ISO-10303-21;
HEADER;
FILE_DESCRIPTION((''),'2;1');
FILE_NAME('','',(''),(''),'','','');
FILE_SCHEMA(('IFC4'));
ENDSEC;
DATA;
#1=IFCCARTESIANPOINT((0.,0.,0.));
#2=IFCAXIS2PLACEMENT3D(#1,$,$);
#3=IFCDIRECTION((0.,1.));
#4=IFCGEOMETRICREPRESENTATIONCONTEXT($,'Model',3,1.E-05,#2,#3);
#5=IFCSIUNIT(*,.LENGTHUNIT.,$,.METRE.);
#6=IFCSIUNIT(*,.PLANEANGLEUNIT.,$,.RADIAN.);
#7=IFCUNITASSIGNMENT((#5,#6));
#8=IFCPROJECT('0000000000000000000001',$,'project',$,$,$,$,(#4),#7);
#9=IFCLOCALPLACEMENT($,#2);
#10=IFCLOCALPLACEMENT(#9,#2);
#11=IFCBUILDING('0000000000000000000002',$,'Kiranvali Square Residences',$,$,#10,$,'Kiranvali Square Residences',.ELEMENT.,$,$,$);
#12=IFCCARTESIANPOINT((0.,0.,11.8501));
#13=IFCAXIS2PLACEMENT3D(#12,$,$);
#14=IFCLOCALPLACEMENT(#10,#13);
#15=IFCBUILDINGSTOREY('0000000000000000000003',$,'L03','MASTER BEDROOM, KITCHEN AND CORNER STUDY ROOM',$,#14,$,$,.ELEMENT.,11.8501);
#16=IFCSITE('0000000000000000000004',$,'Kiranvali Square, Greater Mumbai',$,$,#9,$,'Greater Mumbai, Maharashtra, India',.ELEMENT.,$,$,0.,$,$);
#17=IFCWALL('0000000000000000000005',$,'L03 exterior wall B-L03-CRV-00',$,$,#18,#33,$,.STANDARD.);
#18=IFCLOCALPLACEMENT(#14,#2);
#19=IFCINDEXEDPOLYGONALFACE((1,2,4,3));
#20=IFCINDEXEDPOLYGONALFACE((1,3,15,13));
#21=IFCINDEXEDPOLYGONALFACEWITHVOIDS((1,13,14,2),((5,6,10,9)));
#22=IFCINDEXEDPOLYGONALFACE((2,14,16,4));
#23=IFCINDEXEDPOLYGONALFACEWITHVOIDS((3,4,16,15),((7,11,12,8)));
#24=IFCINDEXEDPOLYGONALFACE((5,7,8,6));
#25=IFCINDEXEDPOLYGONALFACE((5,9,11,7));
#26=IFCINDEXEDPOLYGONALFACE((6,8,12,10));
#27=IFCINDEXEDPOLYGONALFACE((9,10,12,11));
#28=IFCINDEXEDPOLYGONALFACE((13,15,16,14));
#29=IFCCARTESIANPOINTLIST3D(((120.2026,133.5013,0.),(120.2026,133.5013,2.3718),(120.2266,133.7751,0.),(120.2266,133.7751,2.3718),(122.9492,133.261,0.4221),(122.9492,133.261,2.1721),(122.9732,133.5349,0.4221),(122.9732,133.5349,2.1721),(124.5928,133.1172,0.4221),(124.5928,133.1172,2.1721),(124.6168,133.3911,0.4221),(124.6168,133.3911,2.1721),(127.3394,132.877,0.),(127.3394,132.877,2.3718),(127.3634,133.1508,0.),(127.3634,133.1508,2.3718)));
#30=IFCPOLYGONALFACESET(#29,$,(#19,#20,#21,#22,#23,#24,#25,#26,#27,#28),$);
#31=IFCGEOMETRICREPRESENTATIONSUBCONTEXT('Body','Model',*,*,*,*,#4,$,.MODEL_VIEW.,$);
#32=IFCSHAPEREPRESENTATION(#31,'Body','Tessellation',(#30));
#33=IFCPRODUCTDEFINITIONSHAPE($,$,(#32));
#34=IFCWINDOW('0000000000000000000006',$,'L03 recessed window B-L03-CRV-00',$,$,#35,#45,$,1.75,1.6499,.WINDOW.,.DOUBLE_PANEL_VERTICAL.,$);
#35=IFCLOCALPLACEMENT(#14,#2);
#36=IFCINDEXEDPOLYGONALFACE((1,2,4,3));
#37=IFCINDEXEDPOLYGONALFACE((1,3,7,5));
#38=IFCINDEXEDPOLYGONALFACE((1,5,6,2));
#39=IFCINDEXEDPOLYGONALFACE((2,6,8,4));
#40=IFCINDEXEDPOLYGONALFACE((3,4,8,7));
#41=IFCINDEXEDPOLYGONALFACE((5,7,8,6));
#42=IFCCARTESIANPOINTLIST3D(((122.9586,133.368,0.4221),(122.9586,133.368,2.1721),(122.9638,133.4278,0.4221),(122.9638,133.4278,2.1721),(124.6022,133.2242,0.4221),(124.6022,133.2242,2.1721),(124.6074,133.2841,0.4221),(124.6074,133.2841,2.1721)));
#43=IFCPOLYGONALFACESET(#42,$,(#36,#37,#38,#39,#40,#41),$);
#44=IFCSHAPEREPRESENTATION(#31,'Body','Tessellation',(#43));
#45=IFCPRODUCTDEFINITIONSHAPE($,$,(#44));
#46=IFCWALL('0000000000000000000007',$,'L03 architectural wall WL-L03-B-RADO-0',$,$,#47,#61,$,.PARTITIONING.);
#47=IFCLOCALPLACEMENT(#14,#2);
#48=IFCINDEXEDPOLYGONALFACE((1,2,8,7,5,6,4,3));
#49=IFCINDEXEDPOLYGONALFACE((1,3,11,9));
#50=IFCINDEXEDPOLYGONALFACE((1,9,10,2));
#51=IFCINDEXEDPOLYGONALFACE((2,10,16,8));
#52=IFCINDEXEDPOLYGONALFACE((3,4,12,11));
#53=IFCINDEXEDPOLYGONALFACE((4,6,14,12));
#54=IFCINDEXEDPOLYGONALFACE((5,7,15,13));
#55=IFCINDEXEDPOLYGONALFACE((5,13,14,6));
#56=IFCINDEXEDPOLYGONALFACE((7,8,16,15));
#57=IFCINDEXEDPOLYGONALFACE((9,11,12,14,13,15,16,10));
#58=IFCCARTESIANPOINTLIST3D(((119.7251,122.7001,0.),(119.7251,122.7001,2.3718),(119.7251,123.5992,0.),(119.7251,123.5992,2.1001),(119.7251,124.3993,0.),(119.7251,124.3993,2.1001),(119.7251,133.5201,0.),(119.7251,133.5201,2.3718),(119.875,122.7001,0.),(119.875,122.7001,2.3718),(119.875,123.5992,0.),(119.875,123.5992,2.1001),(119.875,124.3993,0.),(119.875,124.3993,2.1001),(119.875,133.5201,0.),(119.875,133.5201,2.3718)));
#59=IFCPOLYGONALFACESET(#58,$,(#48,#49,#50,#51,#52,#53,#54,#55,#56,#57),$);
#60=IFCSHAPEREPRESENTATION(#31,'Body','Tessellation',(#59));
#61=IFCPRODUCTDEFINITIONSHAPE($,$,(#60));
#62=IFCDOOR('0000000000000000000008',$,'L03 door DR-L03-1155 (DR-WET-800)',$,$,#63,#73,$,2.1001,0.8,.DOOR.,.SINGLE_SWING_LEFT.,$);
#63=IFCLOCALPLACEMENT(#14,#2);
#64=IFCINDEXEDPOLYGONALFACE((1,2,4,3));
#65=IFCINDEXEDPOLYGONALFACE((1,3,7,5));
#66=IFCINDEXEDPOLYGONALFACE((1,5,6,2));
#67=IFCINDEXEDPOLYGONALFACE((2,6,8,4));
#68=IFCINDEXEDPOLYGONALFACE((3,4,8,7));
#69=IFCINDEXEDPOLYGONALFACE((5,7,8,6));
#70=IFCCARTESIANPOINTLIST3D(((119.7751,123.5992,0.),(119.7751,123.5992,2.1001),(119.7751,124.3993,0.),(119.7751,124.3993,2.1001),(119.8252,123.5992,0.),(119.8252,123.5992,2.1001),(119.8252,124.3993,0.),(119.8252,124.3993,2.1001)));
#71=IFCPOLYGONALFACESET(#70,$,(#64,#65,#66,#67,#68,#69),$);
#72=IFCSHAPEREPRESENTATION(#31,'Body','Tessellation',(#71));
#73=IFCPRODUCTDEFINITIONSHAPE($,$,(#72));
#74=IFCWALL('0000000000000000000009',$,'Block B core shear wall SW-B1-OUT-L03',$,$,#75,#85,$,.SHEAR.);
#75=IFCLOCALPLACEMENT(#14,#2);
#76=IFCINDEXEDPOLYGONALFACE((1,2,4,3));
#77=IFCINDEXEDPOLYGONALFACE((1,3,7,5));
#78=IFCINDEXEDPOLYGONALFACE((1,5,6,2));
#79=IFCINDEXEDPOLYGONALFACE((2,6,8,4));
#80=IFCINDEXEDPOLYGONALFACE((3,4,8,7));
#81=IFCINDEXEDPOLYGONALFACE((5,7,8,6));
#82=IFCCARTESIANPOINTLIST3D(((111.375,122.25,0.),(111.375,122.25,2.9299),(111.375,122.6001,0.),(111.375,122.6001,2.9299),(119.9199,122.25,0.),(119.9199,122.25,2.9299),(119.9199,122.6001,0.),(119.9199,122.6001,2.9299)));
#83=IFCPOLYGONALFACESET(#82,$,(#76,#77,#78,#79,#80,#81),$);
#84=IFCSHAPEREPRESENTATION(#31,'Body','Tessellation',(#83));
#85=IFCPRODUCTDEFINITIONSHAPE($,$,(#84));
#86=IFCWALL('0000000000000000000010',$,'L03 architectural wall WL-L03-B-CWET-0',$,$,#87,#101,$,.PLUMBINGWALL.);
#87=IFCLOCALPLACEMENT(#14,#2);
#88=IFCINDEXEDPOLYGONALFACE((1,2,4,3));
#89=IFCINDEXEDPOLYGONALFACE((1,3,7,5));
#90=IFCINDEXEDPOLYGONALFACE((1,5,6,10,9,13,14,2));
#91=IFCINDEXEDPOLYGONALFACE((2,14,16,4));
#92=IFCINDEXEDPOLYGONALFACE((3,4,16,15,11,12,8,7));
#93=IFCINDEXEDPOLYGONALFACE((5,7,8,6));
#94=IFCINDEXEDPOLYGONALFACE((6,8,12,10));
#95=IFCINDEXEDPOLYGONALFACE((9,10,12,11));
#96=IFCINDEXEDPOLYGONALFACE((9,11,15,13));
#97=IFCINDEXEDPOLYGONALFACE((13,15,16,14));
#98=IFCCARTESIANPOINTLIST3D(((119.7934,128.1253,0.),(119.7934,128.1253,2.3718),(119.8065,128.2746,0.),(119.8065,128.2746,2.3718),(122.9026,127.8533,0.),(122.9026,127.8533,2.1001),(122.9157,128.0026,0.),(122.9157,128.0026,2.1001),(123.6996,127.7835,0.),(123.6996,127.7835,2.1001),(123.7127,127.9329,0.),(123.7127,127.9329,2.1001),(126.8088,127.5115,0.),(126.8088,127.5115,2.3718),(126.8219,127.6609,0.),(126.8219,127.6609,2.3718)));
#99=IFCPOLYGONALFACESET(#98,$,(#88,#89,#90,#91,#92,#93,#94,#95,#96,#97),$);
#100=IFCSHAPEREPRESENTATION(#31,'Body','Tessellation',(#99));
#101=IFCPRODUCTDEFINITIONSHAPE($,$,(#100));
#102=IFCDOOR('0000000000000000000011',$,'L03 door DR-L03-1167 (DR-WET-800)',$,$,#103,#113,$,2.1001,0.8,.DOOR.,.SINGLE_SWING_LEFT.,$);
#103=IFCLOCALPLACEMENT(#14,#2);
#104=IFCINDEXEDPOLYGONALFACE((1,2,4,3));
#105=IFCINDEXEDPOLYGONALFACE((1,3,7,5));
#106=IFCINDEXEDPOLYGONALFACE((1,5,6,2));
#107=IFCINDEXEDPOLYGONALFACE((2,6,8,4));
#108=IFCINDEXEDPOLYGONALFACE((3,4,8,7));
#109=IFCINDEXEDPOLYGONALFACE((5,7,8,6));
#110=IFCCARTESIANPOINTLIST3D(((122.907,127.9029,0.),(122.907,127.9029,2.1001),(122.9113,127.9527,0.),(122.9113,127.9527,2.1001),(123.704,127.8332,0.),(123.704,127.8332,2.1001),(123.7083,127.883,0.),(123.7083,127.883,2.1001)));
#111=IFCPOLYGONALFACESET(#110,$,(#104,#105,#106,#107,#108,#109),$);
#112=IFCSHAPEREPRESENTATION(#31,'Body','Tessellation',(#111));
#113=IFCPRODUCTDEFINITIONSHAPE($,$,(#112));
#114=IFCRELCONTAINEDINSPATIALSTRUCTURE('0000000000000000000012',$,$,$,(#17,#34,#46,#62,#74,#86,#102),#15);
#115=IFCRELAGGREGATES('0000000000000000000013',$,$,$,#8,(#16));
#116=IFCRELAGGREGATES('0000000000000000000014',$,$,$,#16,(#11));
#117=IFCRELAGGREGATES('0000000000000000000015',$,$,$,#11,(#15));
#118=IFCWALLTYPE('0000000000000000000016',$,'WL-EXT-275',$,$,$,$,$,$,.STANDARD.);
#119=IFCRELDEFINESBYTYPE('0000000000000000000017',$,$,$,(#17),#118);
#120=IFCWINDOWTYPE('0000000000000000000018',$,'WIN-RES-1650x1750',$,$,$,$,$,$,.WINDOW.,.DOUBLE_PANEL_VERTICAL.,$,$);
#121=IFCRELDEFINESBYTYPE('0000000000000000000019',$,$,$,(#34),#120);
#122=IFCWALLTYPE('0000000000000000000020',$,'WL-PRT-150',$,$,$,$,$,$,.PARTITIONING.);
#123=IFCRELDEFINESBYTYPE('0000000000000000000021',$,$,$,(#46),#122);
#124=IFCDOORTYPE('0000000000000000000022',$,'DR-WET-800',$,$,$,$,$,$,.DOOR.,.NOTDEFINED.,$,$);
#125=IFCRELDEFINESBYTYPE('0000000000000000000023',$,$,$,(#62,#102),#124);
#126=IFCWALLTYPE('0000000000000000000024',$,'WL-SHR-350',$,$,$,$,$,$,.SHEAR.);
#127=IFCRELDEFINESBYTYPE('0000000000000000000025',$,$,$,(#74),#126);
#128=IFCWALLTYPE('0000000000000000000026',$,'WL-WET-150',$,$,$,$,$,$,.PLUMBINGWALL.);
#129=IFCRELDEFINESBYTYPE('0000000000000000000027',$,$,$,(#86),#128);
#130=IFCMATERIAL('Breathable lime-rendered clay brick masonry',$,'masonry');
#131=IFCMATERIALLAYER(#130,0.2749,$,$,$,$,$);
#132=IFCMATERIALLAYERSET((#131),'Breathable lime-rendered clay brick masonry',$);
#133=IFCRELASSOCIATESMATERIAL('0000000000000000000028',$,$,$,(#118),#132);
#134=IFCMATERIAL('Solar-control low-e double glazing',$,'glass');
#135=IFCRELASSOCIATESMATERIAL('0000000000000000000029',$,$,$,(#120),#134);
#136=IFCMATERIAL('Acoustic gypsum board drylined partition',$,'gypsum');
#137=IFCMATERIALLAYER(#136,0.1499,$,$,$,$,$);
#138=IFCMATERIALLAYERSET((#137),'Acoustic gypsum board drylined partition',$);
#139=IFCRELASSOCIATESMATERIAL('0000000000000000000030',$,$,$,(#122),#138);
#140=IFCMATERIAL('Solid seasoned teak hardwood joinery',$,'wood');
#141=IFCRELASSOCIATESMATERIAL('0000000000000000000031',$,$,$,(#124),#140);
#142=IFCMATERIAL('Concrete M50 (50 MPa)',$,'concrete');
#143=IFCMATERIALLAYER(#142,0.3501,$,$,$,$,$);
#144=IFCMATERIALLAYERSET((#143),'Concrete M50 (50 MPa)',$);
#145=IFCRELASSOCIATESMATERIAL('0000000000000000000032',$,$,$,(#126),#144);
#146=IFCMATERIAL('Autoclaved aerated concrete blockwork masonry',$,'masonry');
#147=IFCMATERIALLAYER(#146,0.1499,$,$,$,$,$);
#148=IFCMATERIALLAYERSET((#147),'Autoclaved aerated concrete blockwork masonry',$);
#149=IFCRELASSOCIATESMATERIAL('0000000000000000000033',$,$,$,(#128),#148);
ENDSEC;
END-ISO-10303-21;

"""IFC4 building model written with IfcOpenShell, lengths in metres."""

from ifc_helpers import new_model, si_unit, direction, frame, frame_2d, origin, place, context, subcontext, project, spatial, rectangle, extrude, material, layer, layer_set, type_object, element, fill, save


model = new_model("IFC4")

# Units and contexts
model_context = context("Model", 3, precision=1e-05, world=origin(), true_north=direction((0.0, 1.0)))
body_context = subcontext(model_context, "Body", "Model", "MODEL_VIEW")
ifc_project = project(units=[si_unit("LENGTHUNIT", "METRE"), si_unit("PLANEANGLEUNIT", "RADIAN")], contexts=[model_context])

# Site, building, storey
site_placement = place(None, origin())
site = spatial("IfcSite", under=ifc_project, at=site_placement, Name="Kiranvali Square, Greater Mumbai", LongName="Greater Mumbai, Maharashtra, India", CompositionType="ELEMENT", RefElevation=0.0)
building_placement = place(site_placement, origin())
building = spatial("IfcBuilding", under=site, at=building_placement, Name="Kiranvali Square Residences", LongName="Kiranvali Square Residences", CompositionType="ELEMENT")
storey_placement = place(building_placement, frame((0.0, 0.0, 11.8501)))
storey = spatial("IfcBuildingStorey", under=building, at=storey_placement, Name="L03", Description="MASTER BEDROOM, KITCHEN AND CORNER STUDY ROOM", CompositionType="ELEMENT", Elevation=11.8501)

# Shared definitions
ifc_material_1 = material(Name="Concrete M50 (50 MPa)", Category="concrete")

# Wall, opening, window
ifc_material_2 = material(Name="Breathable lime-rendered clay brick masonry", Category="masonry")
ifc_layer_1 = layer(ifc_material_2, 0.2749)
ifc_layer_set_1 = layer_set([ifc_layer_1], Name="Breathable lime-rendered clay brick masonry")
wall_type_1 = type_object("IfcWallType", Name="WL-EXT-275", PredefinedType="STANDARD", material=ifc_layer_set_1)
wall_1_placement = place(storey_placement, frame((120.2146, 133.6382, 0.0), z_axis=(0.0, 0.0, 1.0), x_axis=(0.996196, -0.08714, 0.0)))
wall_1 = element("IfcWall", 1, at=wall_1_placement, inside=storey, type_object=wall_type_1, Name="L03 exterior wall B-L03-CRV-00", PredefinedType="STANDARD", context=body_context, shape_type="SweptSolid", body=[
    extrude(rectangle(XDim=7.1641, YDim=0.2749, at=frame_2d((3.582, 0.0))), origin(), (0.0, 0.0, 1.0), 2.3718),
])
opening_1_placement = place(wall_1_placement, frame((2.7571, 0.0, 0.4221)))
opening_1 = element("IfcOpeningElement", 2, at=opening_1_placement, cuts=wall_1, PredefinedType="OPENING", context=body_context, shape_type="SweptSolid", body=[
    extrude(rectangle(XDim=1.6499, YDim=1.75, at=frame_2d((0.825, 0.875))), frame((0.0, 0.1475, 0.0), z_axis=(0.0, -1.0, 0.0), x_axis=(1.0, 0.0, 0.0)), (0.0, 0.0, 1.0), 0.2949),
])
ifc_material_3 = material(Name="Solar-control low-e double glazing", Category="glass")
window_type = type_object("IfcWindowType", Name="WIN-RES-1650x1750", PartitioningType="DOUBLE_PANEL_VERTICAL", PredefinedType="WINDOW", material=ifc_material_3)
window_placement = place(opening_1_placement, origin())
window = element("IfcWindow", 3, at=window_placement, inside=storey, type_object=window_type, Name="L03 recessed window B-L03-CRV-00", OverallHeight=1.75, OverallWidth=1.6499, PartitioningType="DOUBLE_PANEL_VERTICAL", PredefinedType="WINDOW", context=body_context, shape_type="SweptSolid", body=[
    extrude(rectangle(XDim=1.6499, YDim=1.75, at=frame_2d((0.825, 0.875))), frame((0.0, 0.03, 0.0), z_axis=(0.0, -1.0, 0.0), x_axis=(1.0, 0.0, 0.0)), (0.0, 0.0, 1.0), 0.0601),
])
fill(opening_1, window)

# Wall, opening, door
ifc_material_4 = material(Name="Acoustic gypsum board drylined partition", Category="gypsum")
ifc_layer_2 = layer(ifc_material_4, 0.1499)
ifc_layer_set_2 = layer_set([ifc_layer_2], Name="Acoustic gypsum board drylined partition")
wall_type_2 = type_object("IfcWallType", Name="WL-PRT-150", PredefinedType="PARTITIONING", material=ifc_layer_set_2)
wall_2_placement = place(storey_placement, frame((119.8, 122.7, 0.0), z_axis=(0.0, 0.0, 1.0), x_axis=(0.0, 1.0, 0.0)))
wall_2 = element("IfcWall", 4, at=wall_2_placement, inside=storey, type_object=wall_type_2, Name="L03 architectural wall WL-L03-B-RADO-0", PredefinedType="PARTITIONING", context=body_context, shape_type="SweptSolid", body=[
    extrude(rectangle(XDim=10.8201, YDim=0.1499, at=frame_2d((5.4102, 0.0))), origin(), (0.0, 0.0, 1.0), 2.3718),
])
opening_2_placement = place(wall_2_placement, frame((0.8994, 0.0, 0.0)))
opening_2 = element("IfcOpeningElement", 5, at=opening_2_placement, cuts=wall_2, PredefinedType="OPENING", context=body_context, shape_type="SweptSolid", body=[
    extrude(rectangle(XDim=0.8, YDim=2.1001, at=frame_2d((0.3999, 1.05))), frame((0.0, 0.085, 0.0), z_axis=(0.0, -1.0, 0.0), x_axis=(1.0, 0.0, 0.0)), (0.0, 0.0, 1.0), 0.1699),
])
ifc_material_5 = material(Name="Solid seasoned teak hardwood joinery", Category="wood")
door_type = type_object("IfcDoorType", Name="DR-WET-800", OperationType="NOTDEFINED", PredefinedType="DOOR", material=ifc_material_5)
door_1_placement = place(opening_2_placement, origin())
door_1 = element("IfcDoor", 6, at=door_1_placement, inside=storey, type_object=door_type, Name="L03 door DR-L03-1155 (DR-WET-800)", OperationType="SINGLE_SWING_LEFT", OverallHeight=2.1001, OverallWidth=0.8, PredefinedType="DOOR", context=body_context, shape_type="SweptSolid", body=[
    extrude(rectangle(XDim=0.8, YDim=2.1001, at=frame_2d((0.3999, 1.05))), frame((0.0, 0.0249, 0.0), z_axis=(0.0, -1.0, 0.0), x_axis=(1.0, 0.0, 0.0)), (0.0, 0.0, 1.0), 0.05),
])
fill(opening_2, door_1)

# Wall
ifc_layer_3 = layer(ifc_material_1, 0.3501)
ifc_layer_set_3 = layer_set([ifc_layer_3], Name="Concrete M50 (50 MPa)")
wall_type_3 = type_object("IfcWallType", Name="WL-SHR-350", PredefinedType="SHEAR", material=ifc_layer_set_3)
wall_3_placement = place(storey_placement, frame((119.9199, 122.425, 0.0), z_axis=(0.0, 0.0, 1.0), x_axis=(-1.0, 0.0, 0.0)))
element("IfcWall", 7, at=wall_3_placement, inside=storey, type_object=wall_type_3, Name="Block B core shear wall SW-B1-OUT-L03", PredefinedType="SHEAR", context=body_context, shape_type="SweptSolid", body=[
    extrude(rectangle(XDim=8.5449, YDim=0.3501, at=frame_2d((4.2725, 0.0))), origin(), (0.0, 0.0, 1.0), 2.9299),
])

# Wall, opening, door
ifc_material_6 = material(Name="Autoclaved aerated concrete blockwork masonry", Category="masonry")
ifc_layer_4 = layer(ifc_material_6, 0.1499)
ifc_layer_set_4 = layer_set([ifc_layer_4], Name="Autoclaved aerated concrete blockwork masonry")
wall_type_4 = type_object("IfcWallType", Name="WL-WET-150", PredefinedType="PLUMBINGWALL", material=ifc_layer_set_4)
wall_4_placement = place(storey_placement, frame((119.8, 128.2, 0.0), z_axis=(0.0, 0.0, 1.0), x_axis=(0.996195, -0.087156, 0.0)))
wall_4 = element("IfcWall", 8, at=wall_4_placement, inside=storey, type_object=wall_type_4, Name="L03 architectural wall WL-L03-B-CWET-0", PredefinedType="PLUMBINGWALL", context=body_context, shape_type="SweptSolid", body=[
    extrude(rectangle(XDim=7.0422, YDim=0.1499, at=frame_2d((3.521, 0.0))), origin(), (0.0, 0.0, 1.0), 2.3718),
])
opening_3_placement = place(wall_4_placement, frame((3.1211, 0.0, 0.0)))
opening_3 = element("IfcOpeningElement", 9, at=opening_3_placement, cuts=wall_4, PredefinedType="OPENING", context=body_context, shape_type="SweptSolid", body=[
    extrude(rectangle(XDim=0.8, YDim=2.1001, at=frame_2d((0.3999, 1.05))), frame((0.0, 0.085, 0.0), z_axis=(0.0, -1.0, 0.0), x_axis=(1.0, 0.0, 0.0)), (0.0, 0.0, 1.0), 0.1699),
])
door_2_placement = place(opening_3_placement, origin())
door_2 = element("IfcDoor", 10, at=door_2_placement, inside=storey, type_object=door_type, Name="L03 door DR-L03-1167 (DR-WET-800)", OperationType="SINGLE_SWING_LEFT", OverallHeight=2.1001, OverallWidth=0.8, PredefinedType="DOOR", context=body_context, shape_type="SweptSolid", body=[
    extrude(rectangle(XDim=0.8, YDim=2.1001, at=frame_2d((0.3999, 1.05))), frame((0.0, 0.0249, 0.0), z_axis=(0.0, -1.0, 0.0), x_axis=(1.0, 0.0, 0.0)), (0.0, 0.0, 1.0), 0.05),
])
fill(opening_3, door_2)

save(model, "model.ifc")
